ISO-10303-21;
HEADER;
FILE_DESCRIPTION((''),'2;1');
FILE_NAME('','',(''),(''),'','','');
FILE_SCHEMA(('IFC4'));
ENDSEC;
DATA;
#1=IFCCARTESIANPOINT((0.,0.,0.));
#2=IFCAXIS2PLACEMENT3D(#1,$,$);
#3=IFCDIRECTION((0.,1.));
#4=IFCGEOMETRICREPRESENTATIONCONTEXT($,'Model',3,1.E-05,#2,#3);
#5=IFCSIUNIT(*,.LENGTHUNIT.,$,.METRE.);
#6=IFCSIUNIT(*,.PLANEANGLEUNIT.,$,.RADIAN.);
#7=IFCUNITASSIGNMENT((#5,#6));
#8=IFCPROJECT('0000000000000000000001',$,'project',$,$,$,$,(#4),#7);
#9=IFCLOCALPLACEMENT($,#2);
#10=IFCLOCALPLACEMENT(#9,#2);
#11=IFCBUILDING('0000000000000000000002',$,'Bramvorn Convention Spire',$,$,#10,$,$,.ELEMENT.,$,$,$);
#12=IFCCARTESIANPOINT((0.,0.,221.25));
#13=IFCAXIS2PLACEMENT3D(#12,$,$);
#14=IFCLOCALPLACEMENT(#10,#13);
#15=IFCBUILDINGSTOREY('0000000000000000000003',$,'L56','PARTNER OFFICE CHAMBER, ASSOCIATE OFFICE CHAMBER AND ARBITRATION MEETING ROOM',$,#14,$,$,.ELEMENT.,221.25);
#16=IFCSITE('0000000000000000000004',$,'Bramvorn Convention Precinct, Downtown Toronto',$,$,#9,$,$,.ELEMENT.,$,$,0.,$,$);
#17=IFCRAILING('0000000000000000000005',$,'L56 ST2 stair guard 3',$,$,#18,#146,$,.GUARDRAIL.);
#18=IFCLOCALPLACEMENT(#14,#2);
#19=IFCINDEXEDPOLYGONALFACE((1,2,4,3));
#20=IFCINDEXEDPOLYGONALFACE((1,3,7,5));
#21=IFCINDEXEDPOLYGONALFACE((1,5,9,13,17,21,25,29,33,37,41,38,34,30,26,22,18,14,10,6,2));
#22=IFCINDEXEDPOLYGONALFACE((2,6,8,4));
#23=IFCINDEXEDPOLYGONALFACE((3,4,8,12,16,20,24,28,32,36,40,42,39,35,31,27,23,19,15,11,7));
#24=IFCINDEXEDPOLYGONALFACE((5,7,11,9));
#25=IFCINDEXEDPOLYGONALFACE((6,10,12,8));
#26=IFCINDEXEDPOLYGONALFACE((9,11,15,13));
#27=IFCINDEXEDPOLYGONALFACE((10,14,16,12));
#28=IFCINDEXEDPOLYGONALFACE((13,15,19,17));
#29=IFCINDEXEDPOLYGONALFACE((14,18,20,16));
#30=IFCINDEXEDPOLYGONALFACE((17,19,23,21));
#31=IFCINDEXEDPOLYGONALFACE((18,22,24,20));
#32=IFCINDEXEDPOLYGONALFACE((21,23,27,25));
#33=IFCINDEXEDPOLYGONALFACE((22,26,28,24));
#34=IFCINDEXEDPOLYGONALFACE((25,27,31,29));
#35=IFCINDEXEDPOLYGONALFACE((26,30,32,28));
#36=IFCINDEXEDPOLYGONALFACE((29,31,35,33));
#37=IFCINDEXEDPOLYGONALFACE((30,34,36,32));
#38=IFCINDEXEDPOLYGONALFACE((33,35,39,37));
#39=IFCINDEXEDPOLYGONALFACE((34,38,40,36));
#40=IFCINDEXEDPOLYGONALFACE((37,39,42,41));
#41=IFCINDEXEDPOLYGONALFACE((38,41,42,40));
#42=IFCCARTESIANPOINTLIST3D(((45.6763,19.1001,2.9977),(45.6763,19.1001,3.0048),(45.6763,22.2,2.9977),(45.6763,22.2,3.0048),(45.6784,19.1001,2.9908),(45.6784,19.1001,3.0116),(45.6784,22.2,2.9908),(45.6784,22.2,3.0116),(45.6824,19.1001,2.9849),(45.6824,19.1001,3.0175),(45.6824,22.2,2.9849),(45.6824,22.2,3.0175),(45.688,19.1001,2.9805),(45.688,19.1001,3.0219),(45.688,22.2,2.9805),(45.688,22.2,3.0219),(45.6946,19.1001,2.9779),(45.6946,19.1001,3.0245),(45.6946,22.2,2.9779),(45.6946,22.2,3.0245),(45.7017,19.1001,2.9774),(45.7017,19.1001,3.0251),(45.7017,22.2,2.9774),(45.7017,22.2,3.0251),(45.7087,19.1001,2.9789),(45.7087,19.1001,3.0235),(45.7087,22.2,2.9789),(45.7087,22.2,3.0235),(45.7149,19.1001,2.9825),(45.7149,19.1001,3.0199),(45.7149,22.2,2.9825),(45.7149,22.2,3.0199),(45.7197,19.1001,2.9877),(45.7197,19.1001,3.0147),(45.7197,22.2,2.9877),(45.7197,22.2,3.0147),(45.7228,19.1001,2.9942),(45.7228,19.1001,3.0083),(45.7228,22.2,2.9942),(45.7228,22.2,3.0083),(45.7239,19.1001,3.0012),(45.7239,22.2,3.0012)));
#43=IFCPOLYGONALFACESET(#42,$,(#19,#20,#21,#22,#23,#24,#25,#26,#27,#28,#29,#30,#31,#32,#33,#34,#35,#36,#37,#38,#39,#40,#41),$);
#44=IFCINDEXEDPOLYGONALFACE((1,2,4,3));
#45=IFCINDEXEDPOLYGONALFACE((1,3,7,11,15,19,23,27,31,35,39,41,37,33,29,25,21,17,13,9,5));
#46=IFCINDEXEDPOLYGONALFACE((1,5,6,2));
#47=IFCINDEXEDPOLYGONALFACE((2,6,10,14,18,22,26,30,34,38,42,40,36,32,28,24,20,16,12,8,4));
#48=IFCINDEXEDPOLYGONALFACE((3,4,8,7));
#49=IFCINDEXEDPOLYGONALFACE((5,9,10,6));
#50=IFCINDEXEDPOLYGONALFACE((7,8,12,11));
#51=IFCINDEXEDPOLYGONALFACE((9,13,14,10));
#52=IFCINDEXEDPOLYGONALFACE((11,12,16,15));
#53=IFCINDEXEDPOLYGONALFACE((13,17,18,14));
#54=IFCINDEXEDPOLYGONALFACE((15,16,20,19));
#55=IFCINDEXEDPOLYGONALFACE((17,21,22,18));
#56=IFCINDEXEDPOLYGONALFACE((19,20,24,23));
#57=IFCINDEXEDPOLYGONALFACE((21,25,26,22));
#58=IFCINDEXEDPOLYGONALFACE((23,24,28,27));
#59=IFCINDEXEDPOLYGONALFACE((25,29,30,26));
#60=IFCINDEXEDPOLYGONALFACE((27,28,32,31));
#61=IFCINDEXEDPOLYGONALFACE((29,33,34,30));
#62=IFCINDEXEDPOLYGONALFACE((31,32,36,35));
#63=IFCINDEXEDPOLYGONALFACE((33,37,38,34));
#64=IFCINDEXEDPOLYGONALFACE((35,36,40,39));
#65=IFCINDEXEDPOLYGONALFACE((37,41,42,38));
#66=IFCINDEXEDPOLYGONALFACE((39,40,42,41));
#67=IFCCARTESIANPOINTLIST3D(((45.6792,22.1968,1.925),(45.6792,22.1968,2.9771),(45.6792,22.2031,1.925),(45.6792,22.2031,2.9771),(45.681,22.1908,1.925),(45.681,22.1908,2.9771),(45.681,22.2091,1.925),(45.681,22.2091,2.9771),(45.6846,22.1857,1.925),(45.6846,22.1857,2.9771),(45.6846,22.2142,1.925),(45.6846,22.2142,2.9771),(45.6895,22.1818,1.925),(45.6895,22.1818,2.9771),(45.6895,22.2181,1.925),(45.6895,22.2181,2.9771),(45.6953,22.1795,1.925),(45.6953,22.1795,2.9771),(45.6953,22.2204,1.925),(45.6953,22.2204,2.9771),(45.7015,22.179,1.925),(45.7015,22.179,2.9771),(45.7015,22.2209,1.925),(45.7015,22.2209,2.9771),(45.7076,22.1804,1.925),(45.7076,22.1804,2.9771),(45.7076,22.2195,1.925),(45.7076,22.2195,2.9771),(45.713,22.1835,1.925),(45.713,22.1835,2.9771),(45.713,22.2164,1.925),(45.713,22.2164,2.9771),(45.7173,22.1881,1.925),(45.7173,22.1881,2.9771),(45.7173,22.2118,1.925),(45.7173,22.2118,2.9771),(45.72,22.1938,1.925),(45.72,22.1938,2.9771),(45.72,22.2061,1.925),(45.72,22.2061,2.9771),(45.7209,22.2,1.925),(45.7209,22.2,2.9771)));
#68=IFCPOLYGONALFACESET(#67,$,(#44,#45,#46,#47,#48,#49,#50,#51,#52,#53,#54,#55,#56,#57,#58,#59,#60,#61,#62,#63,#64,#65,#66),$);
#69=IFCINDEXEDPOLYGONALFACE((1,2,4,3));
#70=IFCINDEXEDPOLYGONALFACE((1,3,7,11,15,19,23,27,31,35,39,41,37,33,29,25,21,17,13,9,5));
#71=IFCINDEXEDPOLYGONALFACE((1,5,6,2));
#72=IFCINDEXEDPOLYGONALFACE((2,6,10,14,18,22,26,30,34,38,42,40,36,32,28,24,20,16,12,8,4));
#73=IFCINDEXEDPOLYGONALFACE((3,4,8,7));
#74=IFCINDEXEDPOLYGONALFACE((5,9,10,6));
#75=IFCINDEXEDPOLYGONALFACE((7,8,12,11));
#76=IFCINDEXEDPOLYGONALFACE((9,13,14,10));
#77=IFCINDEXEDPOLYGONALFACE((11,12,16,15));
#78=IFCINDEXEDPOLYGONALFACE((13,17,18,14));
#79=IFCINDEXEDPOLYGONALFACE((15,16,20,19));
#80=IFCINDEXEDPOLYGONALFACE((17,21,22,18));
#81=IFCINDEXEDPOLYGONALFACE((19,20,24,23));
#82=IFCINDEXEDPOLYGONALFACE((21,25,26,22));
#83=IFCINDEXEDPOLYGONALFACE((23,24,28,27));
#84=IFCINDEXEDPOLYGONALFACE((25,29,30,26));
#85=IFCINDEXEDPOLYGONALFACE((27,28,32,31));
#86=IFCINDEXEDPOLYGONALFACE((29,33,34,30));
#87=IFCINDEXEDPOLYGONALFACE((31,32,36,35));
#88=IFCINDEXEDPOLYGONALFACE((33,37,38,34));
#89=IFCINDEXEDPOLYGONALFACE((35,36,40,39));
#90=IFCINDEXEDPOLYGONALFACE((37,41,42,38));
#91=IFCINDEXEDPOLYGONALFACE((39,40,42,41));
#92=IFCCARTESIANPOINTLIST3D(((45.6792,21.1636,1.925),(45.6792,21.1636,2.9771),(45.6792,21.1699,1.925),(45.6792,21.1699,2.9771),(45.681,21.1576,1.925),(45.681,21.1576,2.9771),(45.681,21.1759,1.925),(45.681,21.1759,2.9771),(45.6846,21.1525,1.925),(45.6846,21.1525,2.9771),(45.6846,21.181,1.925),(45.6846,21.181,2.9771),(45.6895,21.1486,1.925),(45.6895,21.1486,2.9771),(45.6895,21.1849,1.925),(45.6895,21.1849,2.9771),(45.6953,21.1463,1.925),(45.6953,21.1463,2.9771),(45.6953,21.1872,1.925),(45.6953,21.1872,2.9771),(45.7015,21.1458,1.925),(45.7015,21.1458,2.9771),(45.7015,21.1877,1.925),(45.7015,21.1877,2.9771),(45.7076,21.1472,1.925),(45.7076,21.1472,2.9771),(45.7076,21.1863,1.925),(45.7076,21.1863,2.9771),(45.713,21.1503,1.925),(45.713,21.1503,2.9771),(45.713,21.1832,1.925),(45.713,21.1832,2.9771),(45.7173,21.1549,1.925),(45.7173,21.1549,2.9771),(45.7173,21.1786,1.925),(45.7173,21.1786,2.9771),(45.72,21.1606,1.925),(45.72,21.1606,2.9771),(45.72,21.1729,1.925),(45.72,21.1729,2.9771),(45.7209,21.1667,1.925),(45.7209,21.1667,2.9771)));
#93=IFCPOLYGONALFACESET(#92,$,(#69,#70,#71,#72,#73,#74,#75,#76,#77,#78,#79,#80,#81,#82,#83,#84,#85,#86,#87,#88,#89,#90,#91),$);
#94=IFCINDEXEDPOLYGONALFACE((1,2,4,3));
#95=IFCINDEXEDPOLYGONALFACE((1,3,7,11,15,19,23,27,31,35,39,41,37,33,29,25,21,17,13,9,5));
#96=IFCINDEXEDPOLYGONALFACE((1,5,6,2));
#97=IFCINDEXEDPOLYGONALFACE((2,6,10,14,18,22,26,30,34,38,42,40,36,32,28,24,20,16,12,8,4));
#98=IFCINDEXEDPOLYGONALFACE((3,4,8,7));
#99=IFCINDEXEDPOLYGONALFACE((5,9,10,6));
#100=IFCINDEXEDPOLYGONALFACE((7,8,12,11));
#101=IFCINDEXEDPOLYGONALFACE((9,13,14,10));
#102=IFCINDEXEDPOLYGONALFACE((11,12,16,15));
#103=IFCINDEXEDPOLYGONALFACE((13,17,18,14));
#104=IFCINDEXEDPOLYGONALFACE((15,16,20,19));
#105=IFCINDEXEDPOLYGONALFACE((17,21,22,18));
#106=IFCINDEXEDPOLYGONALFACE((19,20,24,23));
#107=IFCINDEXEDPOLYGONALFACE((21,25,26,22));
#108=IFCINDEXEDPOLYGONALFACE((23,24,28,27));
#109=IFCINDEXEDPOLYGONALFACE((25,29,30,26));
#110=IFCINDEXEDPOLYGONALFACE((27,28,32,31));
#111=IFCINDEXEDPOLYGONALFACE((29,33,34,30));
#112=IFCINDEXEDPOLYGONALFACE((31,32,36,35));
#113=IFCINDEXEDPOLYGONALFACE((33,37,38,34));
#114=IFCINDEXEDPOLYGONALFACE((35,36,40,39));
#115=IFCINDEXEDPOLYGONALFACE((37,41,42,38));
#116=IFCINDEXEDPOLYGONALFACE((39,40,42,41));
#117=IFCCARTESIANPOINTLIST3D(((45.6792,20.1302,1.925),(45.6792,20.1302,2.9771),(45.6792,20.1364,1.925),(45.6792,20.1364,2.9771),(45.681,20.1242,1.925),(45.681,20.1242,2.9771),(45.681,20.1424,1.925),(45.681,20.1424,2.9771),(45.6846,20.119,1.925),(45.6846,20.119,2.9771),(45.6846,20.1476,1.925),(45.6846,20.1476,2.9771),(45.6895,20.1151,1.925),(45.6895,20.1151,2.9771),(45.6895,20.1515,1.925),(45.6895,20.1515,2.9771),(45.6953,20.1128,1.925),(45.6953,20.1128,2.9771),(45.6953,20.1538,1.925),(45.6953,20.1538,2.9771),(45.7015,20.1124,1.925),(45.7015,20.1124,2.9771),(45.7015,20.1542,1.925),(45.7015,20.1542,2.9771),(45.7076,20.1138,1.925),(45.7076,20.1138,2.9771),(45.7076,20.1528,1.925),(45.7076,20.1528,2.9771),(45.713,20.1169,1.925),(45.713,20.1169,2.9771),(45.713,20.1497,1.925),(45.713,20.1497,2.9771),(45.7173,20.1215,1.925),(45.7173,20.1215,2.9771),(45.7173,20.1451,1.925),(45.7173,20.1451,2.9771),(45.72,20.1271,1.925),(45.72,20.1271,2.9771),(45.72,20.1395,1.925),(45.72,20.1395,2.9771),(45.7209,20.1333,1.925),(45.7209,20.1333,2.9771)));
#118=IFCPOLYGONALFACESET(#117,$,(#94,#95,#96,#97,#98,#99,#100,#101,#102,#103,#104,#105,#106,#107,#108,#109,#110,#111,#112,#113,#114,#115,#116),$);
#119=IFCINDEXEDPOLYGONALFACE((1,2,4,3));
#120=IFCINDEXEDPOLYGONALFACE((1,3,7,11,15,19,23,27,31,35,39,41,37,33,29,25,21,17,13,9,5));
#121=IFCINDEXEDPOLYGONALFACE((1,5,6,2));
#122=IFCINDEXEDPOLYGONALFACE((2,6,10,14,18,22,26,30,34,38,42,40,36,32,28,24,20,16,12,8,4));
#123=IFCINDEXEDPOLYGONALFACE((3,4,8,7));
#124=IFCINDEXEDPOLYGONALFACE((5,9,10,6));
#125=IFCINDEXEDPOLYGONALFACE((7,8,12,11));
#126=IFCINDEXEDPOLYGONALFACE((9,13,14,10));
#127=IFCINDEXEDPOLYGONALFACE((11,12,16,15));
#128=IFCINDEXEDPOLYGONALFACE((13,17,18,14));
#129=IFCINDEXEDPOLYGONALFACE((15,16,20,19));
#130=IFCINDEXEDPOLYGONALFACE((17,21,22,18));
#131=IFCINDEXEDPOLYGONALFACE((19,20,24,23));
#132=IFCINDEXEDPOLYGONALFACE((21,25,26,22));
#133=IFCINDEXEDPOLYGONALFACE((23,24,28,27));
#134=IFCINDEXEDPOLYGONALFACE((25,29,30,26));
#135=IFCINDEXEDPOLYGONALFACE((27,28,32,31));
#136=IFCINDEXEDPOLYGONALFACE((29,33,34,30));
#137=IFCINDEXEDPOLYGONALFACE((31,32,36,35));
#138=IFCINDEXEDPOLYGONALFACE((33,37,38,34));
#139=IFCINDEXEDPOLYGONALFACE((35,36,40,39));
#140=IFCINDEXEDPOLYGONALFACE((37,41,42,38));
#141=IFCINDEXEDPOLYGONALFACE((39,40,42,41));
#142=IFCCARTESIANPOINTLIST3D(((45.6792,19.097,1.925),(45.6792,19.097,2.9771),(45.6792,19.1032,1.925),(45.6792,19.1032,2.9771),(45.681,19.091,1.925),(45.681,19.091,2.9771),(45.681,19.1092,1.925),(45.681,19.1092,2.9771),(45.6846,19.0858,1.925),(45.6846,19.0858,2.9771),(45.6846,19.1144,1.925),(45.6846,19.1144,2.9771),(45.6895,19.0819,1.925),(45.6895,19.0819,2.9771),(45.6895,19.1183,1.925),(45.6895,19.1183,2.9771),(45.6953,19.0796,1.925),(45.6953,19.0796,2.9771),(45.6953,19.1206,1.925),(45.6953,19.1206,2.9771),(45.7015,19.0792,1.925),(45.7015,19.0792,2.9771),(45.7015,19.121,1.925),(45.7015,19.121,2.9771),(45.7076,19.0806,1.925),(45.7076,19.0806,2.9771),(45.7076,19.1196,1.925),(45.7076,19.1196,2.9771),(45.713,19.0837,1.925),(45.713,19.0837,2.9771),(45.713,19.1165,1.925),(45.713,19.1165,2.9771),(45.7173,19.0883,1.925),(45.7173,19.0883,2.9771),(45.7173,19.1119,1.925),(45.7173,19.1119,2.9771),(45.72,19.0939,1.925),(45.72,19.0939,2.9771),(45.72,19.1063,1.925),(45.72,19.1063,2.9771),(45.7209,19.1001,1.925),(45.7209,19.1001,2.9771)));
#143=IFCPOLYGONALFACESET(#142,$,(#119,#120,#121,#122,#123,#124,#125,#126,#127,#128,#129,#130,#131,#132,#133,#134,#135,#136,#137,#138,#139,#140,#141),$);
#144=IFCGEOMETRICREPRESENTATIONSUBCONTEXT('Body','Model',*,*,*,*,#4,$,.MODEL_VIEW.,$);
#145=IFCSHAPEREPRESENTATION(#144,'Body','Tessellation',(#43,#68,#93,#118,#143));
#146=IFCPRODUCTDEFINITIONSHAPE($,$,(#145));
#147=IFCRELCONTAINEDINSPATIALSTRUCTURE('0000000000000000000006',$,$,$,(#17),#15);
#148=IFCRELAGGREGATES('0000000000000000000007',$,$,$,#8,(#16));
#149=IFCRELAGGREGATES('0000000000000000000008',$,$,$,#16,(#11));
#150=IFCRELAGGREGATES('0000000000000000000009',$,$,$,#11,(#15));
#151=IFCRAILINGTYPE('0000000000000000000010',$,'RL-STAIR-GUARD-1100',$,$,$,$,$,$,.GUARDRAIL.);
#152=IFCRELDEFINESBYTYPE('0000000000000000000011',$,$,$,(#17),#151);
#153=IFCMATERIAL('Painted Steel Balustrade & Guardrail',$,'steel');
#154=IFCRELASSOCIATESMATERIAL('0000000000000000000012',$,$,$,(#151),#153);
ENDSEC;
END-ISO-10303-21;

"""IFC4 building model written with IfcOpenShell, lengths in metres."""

from ifc_helpers import new_model, si_unit, direction, frame, origin, origin_2d, place, context, subcontext, project, spatial, circle, extrude, material, type_object, element, save


model = new_model("IFC4")

# Units and contexts
model_context = context("Model", 3, precision=1e-05, world=origin(), true_north=direction((0.0, 1.0)))
body_context = subcontext(model_context, "Body", "Model", "MODEL_VIEW")
ifc_project = project(units=[si_unit("LENGTHUNIT", "METRE"), si_unit("PLANEANGLEUNIT", "RADIAN")], contexts=[model_context])

# Site, building, storey
site_placement = place(None, origin())
site = spatial("IfcSite", under=ifc_project, at=site_placement, Name="Bramvorn Convention Precinct, Downtown Toronto", CompositionType="ELEMENT", RefElevation=0.0)
building_placement = place(site_placement, origin())
building = spatial("IfcBuilding", under=site, at=building_placement, Name="Bramvorn Convention Spire", CompositionType="ELEMENT")
storey_placement = place(building_placement, frame((0.0, 0.0, 221.25)))
storey = spatial("IfcBuildingStorey", under=building, at=storey_placement, Name="L56", Description="PARTNER OFFICE CHAMBER, ASSOCIATE OFFICE CHAMBER AND ARBITRATION MEETING ROOM", CompositionType="ELEMENT", Elevation=221.25)

# Railing
ifc_material_1 = material(Name="Painted Steel Balustrade & Guardrail", Category="steel")
railing_type = type_object("IfcRailingType", Name="RL-STAIR-GUARD-1100", PredefinedType="GUARDRAIL", material=ifc_material_1)
for number, where, name in (
    (1, (45.7, 22.2, 1.925), "L56 ST2 stair guard 3"),
):
    element("IfcRailing", number, at=place(storey_placement, frame(where)), inside=storey, type_object=railing_type, Name=name, PredefinedType="GUARDRAIL", context=body_context, shape_type="SweptSolid", body=[
        extrude(circle(Radius=0.0239, at=origin_2d()), frame((0.0, 0.0, 1.0762), z_axis=(0.0, -1.0, 0.0), x_axis=(1.0, 0.0, 0.0)), (0.0, 0.0, 1.0), 3.0999),
        extrude(circle(Radius=0.021, at=origin_2d()), origin(), (0.0, 0.0, 1.0), 1.052),
        extrude(circle(Radius=0.021, at=origin_2d()), frame((0.0, -1.0332, 0.0)), (0.0, 0.0, 1.0), 1.052),
        extrude(circle(Radius=0.021, at=origin_2d()), frame((0.0, -2.0667, 0.0)), (0.0, 0.0, 1.0), 1.052),
        extrude(circle(Radius=0.021, at=origin_2d()), frame((0.0, -3.0999, 0.0)), (0.0, 0.0, 1.0), 1.052),
    ])

save(model, "model.ifc")
